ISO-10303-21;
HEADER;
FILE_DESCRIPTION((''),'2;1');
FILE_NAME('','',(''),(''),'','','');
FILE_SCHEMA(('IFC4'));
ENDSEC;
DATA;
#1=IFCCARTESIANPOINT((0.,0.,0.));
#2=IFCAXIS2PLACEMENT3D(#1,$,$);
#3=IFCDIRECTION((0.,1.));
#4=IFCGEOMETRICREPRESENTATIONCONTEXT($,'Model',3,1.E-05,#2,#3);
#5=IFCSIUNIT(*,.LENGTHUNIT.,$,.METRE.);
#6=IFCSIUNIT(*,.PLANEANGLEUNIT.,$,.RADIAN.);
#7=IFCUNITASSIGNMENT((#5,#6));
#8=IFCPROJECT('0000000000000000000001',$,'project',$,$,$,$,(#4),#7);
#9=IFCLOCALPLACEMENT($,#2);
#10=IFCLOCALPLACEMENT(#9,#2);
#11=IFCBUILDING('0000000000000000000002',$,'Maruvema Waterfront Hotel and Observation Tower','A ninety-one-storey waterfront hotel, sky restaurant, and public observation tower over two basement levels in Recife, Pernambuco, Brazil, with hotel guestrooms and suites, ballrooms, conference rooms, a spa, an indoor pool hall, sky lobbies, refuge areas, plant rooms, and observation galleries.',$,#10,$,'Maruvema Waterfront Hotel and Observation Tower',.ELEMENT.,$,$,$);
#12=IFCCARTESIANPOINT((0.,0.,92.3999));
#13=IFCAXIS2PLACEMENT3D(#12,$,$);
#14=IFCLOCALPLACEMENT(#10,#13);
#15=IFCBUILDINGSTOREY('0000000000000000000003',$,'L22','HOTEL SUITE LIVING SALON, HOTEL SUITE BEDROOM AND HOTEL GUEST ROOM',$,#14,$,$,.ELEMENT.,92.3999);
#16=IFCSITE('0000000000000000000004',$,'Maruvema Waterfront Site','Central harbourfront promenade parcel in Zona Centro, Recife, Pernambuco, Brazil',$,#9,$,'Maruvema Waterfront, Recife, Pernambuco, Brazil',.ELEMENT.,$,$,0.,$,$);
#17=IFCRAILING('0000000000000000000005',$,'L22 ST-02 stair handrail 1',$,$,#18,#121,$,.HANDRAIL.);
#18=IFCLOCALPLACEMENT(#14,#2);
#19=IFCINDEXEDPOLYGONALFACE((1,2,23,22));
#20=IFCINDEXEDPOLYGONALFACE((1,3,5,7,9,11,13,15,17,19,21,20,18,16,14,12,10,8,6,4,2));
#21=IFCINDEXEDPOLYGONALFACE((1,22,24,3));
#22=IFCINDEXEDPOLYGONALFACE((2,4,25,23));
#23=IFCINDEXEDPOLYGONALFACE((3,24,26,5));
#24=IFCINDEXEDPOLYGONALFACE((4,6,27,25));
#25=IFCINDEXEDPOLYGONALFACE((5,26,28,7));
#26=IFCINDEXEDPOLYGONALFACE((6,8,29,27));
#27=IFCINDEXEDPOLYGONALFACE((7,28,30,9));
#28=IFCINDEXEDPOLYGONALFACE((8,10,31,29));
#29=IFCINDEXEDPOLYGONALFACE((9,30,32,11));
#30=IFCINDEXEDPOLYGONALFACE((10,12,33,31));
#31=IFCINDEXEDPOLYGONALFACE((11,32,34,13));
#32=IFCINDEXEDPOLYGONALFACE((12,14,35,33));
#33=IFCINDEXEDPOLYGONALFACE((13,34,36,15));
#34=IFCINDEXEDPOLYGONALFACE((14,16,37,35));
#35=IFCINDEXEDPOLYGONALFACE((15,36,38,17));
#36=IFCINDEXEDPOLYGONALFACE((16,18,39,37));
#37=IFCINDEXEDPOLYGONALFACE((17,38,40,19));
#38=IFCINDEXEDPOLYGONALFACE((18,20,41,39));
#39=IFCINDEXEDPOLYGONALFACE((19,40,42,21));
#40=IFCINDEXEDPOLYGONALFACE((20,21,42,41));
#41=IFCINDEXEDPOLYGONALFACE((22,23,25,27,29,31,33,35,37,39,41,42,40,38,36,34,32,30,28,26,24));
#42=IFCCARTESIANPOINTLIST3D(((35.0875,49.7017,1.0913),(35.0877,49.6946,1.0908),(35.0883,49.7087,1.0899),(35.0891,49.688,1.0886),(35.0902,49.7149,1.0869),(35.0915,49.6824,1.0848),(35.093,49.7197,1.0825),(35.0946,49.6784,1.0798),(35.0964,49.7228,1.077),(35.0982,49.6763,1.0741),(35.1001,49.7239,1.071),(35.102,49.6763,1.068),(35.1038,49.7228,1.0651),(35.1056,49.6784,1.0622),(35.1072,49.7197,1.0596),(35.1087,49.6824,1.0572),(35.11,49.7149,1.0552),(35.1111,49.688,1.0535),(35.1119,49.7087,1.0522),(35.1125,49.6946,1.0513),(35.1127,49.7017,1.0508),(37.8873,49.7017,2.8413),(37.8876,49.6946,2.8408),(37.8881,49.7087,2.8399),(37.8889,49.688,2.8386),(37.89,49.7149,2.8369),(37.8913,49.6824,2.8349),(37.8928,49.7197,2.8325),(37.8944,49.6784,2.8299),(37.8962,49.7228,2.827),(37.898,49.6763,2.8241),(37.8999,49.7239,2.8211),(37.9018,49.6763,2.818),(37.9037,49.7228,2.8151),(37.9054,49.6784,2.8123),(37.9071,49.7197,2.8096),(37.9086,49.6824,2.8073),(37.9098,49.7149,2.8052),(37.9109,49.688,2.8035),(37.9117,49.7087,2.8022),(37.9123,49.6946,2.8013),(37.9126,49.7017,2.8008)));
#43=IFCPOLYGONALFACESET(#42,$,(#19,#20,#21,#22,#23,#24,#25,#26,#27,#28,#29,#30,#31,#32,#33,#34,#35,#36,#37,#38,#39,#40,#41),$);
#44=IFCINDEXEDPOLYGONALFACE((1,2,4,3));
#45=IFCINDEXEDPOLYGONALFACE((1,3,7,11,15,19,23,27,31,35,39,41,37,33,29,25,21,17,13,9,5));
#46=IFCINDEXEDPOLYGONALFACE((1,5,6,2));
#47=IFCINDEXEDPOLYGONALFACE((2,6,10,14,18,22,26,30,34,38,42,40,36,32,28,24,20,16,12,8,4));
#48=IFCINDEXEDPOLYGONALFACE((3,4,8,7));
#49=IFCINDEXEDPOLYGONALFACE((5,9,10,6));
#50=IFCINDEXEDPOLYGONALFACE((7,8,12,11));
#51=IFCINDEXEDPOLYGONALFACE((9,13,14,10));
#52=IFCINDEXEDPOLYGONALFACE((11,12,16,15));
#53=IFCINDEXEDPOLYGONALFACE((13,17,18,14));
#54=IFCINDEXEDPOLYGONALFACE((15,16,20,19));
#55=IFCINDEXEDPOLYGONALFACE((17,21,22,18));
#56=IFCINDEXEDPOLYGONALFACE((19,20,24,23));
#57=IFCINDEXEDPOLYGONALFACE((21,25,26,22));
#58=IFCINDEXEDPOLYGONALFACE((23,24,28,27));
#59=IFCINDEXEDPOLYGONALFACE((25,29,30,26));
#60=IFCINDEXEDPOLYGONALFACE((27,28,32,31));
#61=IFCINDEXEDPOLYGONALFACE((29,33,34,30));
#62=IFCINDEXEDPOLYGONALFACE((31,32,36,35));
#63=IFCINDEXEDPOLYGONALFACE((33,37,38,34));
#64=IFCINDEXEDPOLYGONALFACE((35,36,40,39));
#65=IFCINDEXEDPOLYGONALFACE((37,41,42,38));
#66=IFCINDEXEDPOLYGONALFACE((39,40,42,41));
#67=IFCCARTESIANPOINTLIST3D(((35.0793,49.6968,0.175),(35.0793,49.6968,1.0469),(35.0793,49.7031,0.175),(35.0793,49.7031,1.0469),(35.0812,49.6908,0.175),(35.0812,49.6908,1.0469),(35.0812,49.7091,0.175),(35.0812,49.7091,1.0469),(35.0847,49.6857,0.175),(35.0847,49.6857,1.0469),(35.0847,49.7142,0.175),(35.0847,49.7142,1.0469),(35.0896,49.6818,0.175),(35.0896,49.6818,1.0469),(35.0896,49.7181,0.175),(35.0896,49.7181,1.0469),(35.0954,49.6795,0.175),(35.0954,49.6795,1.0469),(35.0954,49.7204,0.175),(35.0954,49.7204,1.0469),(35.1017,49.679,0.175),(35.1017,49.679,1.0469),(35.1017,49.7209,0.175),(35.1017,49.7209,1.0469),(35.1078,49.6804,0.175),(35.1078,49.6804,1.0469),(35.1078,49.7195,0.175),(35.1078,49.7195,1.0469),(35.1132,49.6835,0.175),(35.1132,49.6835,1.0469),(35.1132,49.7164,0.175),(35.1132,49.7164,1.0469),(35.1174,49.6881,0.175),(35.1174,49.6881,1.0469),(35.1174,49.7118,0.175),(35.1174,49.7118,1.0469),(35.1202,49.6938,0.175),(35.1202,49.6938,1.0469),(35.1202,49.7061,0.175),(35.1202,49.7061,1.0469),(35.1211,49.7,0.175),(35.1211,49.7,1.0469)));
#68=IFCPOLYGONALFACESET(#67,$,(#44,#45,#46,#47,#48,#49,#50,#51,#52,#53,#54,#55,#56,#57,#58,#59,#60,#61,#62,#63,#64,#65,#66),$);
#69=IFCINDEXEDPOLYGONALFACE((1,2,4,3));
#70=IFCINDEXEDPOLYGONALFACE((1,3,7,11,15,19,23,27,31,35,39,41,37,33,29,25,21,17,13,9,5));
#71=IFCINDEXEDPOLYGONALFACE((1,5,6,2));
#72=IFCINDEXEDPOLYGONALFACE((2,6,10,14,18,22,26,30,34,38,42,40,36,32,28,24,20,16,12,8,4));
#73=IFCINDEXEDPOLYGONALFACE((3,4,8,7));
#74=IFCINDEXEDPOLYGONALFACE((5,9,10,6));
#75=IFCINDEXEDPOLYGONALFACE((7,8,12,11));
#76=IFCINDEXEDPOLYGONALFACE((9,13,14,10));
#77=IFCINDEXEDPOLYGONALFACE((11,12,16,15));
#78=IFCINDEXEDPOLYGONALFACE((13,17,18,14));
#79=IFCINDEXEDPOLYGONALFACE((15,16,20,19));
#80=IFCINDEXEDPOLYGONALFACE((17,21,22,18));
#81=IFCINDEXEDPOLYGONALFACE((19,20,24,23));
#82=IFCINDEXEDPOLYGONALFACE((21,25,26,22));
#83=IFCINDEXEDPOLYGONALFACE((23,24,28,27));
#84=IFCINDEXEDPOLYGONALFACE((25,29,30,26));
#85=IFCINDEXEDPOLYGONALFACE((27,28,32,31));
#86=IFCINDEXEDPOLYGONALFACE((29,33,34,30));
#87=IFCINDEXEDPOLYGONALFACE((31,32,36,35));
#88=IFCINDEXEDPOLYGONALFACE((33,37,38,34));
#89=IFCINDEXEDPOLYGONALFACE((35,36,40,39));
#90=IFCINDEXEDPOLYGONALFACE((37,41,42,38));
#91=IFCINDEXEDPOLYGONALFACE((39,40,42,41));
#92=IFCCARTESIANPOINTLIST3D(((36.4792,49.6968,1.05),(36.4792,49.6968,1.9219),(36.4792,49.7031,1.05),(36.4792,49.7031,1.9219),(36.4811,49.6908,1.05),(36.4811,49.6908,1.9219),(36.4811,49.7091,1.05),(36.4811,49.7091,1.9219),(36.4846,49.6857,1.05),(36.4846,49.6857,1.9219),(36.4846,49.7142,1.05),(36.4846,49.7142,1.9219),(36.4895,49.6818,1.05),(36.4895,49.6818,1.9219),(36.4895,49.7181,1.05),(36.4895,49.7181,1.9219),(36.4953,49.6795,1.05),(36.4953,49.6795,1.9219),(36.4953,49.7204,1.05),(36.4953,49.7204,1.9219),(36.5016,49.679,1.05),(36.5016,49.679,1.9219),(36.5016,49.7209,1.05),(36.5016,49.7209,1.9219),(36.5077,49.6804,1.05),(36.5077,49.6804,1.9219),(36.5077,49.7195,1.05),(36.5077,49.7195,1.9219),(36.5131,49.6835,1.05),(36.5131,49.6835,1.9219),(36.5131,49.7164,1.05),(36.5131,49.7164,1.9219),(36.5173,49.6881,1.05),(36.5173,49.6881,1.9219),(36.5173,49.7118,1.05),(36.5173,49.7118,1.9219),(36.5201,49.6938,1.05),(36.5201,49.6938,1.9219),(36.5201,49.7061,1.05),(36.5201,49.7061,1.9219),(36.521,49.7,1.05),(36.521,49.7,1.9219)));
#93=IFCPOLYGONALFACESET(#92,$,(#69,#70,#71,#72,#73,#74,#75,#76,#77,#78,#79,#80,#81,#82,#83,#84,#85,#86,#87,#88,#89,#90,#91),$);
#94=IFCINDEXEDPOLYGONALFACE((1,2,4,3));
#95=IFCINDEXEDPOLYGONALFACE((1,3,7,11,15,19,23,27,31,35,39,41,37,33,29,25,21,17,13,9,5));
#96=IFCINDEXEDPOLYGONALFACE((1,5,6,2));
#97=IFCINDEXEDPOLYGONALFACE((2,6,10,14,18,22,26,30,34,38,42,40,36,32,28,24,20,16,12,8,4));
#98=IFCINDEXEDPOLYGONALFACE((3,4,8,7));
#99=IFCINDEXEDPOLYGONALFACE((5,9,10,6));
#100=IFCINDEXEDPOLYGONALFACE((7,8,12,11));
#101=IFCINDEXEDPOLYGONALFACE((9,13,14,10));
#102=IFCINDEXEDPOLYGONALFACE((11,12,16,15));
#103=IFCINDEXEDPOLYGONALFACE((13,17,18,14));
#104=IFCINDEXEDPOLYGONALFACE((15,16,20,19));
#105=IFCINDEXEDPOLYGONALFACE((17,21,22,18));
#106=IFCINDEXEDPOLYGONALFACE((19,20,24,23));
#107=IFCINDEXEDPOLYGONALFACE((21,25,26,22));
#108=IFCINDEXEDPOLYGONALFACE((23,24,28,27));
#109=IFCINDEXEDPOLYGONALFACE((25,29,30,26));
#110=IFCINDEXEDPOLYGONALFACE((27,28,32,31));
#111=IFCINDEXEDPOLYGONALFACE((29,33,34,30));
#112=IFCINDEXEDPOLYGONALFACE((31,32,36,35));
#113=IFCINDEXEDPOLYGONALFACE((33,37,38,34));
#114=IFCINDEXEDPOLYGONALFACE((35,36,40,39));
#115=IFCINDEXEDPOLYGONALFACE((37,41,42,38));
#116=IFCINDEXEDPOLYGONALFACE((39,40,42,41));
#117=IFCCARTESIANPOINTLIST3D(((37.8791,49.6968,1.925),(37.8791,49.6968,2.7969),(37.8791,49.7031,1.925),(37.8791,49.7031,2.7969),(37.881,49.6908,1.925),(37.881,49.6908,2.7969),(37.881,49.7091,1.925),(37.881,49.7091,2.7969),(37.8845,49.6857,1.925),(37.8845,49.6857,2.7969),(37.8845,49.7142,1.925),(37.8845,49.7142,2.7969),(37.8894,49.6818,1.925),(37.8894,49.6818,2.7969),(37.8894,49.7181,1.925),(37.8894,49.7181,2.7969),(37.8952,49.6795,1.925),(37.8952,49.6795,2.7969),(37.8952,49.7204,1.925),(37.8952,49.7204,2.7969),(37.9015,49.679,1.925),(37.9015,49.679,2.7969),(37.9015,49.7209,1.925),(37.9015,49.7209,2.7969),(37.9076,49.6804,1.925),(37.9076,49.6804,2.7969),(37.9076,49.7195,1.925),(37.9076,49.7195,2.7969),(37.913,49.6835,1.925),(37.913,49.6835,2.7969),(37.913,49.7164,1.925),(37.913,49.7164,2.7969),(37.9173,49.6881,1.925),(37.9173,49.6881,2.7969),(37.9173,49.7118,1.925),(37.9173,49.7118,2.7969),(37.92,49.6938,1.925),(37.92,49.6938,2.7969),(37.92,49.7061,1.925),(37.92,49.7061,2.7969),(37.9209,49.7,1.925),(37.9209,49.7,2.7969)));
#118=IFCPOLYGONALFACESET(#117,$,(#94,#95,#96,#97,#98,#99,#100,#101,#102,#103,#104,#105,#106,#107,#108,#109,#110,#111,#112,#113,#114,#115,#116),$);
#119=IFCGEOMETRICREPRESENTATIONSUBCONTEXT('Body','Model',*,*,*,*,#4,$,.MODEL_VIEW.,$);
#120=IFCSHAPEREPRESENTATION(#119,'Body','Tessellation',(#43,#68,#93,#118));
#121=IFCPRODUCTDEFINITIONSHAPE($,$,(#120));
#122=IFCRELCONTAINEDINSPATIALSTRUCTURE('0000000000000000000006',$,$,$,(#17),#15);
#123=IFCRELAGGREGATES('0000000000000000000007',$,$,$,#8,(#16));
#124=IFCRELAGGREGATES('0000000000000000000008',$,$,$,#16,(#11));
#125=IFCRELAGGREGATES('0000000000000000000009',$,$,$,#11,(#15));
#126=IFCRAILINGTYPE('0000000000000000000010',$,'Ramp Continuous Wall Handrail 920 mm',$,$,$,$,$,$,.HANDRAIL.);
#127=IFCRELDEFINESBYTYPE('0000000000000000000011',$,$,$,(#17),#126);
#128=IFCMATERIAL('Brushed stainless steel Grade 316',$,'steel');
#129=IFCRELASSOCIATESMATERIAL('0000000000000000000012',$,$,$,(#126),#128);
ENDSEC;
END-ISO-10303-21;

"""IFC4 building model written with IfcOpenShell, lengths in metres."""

from ifc_helpers import new_model, si_unit, direction, frame, origin, origin_2d, place, context, subcontext, project, spatial, circle, extrude, material, type_object, element, save


model = new_model("IFC4")

# Units and contexts
model_context = context("Model", 3, precision=1e-05, world=origin(), true_north=direction((0.0, 1.0)))
body_context = subcontext(model_context, "Body", "Model", "MODEL_VIEW")
ifc_project = project(units=[si_unit("LENGTHUNIT", "METRE"), si_unit("PLANEANGLEUNIT", "RADIAN")], contexts=[model_context])

# Site, building, storey
site_placement = place(None, origin())
site = spatial("IfcSite", under=ifc_project, at=site_placement, Name="Maruvema Waterfront Site", Description="Central harbourfront promenade parcel in Zona Centro, Recife, Pernambuco, Brazil", LongName="Maruvema Waterfront, Recife, Pernambuco, Brazil", CompositionType="ELEMENT", RefElevation=0.0)
building_placement = place(site_placement, origin())
building = spatial("IfcBuilding", under=site, at=building_placement, Name="Maruvema Waterfront Hotel and Observation Tower", Description="A ninety-one-storey waterfront hotel, sky restaurant, and public observation tower over two basement levels in Recife, Pernambuco, Brazil, with hotel guestrooms and suites, ballrooms, conference rooms, a spa, an indoor pool hall, sky lobbies, refuge areas, plant rooms, and observation galleries.", LongName="Maruvema Waterfront Hotel and Observation Tower", CompositionType="ELEMENT")
storey_placement = place(building_placement, frame((0.0, 0.0, 92.3999)))
storey = spatial("IfcBuildingStorey", under=building, at=storey_placement, Name="L22", Description="HOTEL SUITE LIVING SALON, HOTEL SUITE BEDROOM AND HOTEL GUEST ROOM", CompositionType="ELEMENT", Elevation=92.3999)

# Railing
ifc_material_1 = material(Name="Brushed stainless steel Grade 316", Category="steel")
railing_type_1 = type_object("IfcRailingType", Name="Ramp Continuous Wall Handrail 920 mm", PredefinedType="HANDRAIL", material=ifc_material_1)
railing_1_placement = place(storey_placement, frame((35.1001, 49.7, 0.175)))
element("IfcRailing", 1, at=railing_1_placement, inside=storey, type_object=railing_type_1, Name="L22 ST-02 stair handrail 1", PredefinedType="HANDRAIL", context=body_context, shape_type="SweptSolid", body=[
    extrude(circle(Radius=0.0239, at=origin_2d()), frame((0.0, 0.0, 0.896), z_axis=(0.847982, 0.0, 0.530026), x_axis=(0.0, 1.0, 0.0)), (0.0, 0.0, 1.0), 3.3018),
    extrude(circle(Radius=0.021, at=origin_2d()), origin(), (0.0, 0.0, 1.0), 0.8718),
    extrude(circle(Radius=0.021, at=origin_2d()), frame((1.3999, 0.0, 0.875)), (0.0, 0.0, 1.0), 0.8718),
    extrude(circle(Radius=0.021, at=origin_2d()), frame((2.7998, 0.0, 1.75)), (0.0, 0.0, 1.0), 0.8718),
])

save(model, "model.ifc")
